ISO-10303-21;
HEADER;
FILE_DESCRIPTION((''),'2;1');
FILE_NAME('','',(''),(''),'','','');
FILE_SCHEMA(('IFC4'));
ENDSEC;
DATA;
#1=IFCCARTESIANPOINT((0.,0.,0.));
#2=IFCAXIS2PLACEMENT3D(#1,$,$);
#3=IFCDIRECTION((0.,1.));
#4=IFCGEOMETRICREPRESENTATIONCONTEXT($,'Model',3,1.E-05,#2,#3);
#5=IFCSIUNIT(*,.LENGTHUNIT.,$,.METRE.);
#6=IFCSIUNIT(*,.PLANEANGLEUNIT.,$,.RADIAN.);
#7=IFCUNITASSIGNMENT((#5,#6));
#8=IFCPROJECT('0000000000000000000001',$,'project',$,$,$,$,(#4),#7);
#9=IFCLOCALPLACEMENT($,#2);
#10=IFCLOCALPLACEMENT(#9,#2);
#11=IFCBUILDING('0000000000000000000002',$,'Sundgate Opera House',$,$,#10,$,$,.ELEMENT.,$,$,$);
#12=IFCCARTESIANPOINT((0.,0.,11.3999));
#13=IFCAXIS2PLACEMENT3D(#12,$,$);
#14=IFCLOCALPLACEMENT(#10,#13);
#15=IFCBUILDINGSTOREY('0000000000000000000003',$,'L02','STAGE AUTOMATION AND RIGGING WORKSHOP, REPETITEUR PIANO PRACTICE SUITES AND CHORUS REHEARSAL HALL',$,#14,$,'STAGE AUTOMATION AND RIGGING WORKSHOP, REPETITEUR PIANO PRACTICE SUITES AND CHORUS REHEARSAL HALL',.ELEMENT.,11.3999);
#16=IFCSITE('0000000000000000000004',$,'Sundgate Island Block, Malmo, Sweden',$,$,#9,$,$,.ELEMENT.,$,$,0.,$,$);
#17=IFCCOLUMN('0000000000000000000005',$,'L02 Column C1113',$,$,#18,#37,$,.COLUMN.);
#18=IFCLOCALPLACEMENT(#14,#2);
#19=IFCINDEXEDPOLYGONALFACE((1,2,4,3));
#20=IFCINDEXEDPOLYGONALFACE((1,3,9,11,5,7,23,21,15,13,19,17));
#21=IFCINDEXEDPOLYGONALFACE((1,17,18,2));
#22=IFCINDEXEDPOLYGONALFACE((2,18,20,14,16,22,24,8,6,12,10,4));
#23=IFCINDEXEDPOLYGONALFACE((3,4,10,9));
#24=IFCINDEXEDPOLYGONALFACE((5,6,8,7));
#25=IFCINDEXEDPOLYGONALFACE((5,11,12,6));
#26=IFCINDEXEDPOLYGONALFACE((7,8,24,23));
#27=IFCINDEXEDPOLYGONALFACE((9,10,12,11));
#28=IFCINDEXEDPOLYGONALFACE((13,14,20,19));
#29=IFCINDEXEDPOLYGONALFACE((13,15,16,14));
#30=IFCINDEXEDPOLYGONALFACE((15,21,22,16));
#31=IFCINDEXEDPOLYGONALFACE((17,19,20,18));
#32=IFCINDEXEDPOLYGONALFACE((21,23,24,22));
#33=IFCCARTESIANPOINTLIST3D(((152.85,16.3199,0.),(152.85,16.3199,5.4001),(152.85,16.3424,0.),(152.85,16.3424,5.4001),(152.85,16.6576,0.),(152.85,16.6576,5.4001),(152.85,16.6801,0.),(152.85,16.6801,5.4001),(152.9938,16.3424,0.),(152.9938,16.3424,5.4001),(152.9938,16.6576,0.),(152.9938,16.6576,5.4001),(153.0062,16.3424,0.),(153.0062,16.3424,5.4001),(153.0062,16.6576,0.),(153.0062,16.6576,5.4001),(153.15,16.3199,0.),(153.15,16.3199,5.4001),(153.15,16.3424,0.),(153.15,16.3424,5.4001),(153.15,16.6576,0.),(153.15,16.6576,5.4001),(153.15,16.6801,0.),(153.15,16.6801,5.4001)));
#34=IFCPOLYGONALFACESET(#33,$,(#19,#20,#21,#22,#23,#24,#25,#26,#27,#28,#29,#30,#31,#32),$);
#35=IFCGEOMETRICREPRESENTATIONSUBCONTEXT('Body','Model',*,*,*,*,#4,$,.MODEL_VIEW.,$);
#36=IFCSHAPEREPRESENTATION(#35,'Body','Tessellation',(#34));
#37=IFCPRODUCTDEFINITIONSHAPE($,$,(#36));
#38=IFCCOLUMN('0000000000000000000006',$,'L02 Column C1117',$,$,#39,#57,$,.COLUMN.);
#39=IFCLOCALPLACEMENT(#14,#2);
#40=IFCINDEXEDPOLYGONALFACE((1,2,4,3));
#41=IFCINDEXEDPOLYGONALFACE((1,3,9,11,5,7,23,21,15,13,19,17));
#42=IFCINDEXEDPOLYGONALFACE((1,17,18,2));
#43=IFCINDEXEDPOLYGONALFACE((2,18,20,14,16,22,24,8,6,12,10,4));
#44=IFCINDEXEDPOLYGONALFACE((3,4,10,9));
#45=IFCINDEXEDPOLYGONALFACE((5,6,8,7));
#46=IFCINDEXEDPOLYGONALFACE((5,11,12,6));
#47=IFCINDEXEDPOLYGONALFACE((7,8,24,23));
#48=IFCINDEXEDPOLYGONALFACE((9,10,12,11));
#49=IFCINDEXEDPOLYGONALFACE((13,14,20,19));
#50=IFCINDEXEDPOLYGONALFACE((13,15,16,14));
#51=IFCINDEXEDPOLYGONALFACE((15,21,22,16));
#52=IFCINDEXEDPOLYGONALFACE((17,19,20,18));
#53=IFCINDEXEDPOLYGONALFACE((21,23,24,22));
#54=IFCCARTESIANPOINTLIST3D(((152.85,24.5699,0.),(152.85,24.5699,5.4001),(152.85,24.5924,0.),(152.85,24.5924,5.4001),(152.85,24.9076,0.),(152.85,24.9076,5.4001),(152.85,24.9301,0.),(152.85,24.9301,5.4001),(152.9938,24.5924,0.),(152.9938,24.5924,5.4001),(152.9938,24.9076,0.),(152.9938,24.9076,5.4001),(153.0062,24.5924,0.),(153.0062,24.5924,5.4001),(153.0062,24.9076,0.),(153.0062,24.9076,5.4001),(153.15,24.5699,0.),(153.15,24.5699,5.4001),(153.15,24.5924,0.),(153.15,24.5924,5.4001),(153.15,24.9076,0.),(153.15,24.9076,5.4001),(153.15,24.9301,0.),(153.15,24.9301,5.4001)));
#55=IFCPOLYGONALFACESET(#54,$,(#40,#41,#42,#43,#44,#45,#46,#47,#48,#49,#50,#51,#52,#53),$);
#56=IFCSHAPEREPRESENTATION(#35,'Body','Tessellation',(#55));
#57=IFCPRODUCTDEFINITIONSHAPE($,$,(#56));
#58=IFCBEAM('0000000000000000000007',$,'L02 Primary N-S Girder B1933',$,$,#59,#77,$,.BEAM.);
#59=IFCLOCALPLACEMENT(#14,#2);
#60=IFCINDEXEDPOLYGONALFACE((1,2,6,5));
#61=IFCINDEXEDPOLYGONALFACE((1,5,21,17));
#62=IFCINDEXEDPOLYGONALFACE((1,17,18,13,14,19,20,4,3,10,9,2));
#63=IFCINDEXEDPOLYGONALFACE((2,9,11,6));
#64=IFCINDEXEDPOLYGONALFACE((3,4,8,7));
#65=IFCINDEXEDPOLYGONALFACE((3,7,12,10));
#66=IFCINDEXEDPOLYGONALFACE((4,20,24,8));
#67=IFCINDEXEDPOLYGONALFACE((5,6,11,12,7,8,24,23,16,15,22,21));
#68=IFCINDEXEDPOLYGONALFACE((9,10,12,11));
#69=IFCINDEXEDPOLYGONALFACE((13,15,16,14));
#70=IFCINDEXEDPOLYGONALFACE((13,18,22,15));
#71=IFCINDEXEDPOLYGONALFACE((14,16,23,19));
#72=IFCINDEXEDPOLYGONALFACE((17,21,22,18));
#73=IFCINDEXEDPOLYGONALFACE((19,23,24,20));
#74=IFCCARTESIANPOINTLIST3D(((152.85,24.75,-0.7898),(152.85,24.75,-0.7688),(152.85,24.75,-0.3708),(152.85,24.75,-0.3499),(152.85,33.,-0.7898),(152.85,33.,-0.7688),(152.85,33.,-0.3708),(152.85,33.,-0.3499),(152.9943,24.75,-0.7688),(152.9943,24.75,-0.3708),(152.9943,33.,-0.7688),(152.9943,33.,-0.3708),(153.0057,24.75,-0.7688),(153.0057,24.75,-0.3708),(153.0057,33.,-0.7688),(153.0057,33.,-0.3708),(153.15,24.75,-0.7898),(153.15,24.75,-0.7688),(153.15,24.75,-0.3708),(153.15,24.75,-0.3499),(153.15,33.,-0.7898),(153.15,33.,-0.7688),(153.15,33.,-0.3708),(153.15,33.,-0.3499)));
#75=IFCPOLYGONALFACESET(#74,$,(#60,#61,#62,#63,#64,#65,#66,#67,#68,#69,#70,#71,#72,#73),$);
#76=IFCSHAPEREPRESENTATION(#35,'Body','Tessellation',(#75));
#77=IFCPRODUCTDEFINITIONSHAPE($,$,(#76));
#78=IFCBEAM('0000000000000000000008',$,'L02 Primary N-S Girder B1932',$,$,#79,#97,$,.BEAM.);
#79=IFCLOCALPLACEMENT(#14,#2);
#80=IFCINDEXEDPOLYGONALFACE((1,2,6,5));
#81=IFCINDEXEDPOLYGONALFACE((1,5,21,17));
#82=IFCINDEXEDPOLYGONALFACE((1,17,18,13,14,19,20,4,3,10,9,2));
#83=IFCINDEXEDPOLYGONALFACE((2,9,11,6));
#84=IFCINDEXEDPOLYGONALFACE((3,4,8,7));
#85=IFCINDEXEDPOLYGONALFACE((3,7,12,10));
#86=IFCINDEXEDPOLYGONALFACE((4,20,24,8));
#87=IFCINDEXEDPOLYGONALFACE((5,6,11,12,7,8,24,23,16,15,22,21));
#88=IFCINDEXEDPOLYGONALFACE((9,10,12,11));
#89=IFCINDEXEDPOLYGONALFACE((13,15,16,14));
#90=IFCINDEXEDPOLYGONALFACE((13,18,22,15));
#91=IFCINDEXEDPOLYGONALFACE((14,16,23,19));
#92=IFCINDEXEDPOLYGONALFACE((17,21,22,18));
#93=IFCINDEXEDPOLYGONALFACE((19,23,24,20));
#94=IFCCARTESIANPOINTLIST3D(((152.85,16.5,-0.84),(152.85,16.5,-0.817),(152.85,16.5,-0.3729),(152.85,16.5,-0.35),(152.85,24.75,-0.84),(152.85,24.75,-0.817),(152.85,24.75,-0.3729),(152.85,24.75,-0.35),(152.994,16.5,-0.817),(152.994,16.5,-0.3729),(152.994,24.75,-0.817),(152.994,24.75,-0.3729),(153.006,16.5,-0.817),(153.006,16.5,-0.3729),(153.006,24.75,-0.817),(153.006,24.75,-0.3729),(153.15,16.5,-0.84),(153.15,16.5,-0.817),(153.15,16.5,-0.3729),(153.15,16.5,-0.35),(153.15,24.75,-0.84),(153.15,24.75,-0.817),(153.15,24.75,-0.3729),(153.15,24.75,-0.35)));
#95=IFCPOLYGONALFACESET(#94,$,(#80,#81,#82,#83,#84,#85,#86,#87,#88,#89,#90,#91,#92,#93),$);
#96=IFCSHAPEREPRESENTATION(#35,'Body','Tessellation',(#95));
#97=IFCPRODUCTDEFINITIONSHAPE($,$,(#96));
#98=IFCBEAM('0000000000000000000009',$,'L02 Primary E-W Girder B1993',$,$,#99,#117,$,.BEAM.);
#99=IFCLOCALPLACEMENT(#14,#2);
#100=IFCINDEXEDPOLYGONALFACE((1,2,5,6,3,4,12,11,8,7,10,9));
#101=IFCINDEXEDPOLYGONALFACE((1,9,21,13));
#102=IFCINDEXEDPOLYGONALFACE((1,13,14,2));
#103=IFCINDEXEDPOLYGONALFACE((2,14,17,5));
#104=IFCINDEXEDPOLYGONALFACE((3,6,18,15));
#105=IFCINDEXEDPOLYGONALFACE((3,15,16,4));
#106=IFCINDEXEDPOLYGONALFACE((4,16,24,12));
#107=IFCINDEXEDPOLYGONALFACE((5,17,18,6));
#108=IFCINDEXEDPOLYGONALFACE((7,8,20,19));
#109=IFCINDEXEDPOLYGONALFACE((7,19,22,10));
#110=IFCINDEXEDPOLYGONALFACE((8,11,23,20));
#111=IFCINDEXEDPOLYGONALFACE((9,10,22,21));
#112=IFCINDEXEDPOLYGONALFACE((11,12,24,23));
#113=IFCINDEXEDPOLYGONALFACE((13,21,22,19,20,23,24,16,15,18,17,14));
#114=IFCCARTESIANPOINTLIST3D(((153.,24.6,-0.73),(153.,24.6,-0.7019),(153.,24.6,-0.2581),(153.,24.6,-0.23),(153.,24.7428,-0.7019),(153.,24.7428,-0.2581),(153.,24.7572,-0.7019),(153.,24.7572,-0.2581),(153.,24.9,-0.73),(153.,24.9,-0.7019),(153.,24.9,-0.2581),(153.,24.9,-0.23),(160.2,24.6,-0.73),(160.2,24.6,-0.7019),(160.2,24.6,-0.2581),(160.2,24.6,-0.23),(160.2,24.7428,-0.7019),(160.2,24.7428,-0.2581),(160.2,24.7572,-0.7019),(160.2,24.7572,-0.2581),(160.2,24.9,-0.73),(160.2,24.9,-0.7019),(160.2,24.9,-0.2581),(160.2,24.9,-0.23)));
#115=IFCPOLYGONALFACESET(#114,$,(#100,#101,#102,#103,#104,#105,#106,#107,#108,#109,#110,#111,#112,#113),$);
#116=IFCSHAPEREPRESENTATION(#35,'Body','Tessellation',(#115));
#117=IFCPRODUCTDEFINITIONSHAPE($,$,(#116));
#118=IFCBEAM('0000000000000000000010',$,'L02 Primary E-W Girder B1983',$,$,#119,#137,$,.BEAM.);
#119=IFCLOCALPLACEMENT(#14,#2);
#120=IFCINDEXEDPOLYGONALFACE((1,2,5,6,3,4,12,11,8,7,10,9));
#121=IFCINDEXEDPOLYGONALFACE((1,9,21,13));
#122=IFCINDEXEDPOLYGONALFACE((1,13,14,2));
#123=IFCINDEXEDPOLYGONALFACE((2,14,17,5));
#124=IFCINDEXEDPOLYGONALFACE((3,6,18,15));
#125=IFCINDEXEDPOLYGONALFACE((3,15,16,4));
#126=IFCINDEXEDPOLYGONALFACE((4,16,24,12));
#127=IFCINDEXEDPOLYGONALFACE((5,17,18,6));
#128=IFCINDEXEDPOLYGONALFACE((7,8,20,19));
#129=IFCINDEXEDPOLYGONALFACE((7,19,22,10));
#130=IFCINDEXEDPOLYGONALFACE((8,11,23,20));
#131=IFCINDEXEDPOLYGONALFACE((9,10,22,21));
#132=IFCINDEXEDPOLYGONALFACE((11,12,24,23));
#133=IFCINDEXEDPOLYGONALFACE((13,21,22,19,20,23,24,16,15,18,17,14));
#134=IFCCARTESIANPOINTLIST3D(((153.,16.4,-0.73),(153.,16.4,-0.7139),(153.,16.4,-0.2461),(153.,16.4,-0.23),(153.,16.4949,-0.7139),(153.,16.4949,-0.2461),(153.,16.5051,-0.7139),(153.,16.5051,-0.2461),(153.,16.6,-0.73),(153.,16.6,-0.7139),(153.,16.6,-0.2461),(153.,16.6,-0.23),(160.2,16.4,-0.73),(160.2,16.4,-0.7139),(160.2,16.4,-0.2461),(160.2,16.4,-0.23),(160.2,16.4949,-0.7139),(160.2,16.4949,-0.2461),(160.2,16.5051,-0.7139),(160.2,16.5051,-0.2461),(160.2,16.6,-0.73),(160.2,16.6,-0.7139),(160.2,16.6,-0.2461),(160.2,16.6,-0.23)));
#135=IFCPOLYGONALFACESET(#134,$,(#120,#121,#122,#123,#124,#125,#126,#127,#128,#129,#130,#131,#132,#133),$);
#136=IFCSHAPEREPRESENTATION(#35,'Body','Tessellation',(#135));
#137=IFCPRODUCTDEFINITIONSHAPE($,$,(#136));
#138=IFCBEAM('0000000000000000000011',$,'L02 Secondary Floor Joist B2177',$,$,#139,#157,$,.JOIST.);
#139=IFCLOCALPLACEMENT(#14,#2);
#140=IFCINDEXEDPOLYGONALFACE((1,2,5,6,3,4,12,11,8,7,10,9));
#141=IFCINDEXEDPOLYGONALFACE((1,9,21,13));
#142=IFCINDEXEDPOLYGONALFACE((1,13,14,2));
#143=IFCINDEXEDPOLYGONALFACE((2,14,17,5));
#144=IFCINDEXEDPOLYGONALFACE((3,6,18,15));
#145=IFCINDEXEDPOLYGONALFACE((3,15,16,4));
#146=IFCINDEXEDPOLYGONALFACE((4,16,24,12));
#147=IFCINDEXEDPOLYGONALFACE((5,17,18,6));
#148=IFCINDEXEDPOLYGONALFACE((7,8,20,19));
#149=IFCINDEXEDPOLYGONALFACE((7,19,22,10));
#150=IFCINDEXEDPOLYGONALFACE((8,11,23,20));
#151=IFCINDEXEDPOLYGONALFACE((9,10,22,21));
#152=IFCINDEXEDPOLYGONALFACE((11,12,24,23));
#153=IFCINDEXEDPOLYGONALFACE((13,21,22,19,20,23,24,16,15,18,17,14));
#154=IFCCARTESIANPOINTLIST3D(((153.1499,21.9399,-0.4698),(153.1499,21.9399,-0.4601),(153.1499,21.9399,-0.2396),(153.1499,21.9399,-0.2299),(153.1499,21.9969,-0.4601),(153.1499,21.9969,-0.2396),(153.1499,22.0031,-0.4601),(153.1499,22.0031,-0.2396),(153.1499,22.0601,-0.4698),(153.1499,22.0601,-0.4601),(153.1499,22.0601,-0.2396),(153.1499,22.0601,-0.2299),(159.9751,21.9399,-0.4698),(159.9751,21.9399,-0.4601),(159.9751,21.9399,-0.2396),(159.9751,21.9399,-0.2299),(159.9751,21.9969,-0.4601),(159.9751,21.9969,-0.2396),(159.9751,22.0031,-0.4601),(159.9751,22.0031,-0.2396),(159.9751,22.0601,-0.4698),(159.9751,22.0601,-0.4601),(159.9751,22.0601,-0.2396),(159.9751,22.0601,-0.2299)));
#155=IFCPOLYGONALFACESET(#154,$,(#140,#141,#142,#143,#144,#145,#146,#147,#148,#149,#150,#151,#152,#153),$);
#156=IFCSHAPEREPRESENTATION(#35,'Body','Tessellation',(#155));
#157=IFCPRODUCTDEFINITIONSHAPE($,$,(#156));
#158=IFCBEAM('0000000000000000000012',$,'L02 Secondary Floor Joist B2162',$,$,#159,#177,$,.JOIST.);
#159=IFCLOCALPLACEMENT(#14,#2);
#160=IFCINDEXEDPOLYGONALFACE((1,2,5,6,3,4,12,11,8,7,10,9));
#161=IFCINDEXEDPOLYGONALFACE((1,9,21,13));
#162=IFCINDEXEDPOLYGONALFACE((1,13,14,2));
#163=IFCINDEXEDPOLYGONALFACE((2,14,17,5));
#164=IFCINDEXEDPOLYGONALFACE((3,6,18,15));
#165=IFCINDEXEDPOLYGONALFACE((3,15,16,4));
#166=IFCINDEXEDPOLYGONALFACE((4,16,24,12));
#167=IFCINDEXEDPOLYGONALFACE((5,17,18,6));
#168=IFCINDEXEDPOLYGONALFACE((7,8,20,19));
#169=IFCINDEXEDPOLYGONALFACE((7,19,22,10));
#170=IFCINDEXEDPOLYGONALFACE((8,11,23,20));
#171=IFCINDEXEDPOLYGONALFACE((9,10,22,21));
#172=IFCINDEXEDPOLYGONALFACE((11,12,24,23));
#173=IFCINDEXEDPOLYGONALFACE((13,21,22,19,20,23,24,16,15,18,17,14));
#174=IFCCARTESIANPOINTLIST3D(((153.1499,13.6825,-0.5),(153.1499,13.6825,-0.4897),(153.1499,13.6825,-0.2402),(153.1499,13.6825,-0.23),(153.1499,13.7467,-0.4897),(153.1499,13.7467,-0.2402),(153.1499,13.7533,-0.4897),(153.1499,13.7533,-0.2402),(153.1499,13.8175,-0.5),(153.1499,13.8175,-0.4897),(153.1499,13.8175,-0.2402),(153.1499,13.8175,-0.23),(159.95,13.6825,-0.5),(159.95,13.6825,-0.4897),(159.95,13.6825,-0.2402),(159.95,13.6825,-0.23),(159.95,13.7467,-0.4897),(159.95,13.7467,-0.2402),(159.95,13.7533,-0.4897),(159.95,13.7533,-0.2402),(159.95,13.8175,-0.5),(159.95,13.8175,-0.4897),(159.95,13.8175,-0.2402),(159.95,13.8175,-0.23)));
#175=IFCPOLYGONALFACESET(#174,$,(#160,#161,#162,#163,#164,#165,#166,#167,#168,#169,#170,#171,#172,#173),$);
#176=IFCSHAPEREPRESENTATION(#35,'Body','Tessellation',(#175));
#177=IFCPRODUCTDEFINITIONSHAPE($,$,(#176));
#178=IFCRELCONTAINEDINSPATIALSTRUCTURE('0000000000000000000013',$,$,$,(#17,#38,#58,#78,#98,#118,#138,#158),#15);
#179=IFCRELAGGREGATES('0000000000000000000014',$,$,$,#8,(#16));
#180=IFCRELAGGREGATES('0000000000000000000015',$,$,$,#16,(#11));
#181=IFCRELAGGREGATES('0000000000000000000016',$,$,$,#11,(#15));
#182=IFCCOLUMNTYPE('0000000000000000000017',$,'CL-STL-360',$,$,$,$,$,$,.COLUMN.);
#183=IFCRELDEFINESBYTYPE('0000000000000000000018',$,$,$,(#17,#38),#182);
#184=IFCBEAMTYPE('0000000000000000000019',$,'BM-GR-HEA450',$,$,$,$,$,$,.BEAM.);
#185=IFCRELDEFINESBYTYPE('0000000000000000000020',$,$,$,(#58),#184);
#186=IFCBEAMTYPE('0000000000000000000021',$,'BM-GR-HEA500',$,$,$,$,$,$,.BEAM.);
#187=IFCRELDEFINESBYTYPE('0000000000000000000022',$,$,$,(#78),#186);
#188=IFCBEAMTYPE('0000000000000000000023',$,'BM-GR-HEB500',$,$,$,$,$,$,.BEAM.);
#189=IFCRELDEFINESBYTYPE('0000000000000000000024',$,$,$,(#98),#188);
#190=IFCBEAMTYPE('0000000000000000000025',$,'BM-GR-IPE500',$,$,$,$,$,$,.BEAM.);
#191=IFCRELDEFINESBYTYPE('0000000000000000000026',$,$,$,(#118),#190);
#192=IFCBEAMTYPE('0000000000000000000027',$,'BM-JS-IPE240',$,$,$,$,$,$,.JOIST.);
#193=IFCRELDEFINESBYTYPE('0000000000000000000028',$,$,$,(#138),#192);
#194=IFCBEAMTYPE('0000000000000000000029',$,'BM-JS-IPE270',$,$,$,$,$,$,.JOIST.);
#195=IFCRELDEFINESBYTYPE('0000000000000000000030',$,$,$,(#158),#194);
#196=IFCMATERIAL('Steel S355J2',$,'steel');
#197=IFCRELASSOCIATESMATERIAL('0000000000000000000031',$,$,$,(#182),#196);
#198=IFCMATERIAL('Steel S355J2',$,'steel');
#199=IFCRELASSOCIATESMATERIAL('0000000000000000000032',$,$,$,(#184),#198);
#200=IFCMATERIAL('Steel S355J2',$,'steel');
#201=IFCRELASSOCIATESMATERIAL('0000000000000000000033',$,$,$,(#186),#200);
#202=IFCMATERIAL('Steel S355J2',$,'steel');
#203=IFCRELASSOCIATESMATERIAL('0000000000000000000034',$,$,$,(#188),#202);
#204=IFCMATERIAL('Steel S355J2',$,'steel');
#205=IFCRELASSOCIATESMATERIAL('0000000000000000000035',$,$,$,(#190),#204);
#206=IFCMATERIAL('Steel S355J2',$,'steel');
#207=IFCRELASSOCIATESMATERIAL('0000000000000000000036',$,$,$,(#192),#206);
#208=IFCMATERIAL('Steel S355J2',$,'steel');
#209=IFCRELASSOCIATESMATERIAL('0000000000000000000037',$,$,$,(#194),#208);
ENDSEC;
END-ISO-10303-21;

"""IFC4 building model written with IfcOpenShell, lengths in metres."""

from ifc_helpers import new_model, si_unit, direction, frame, origin, origin_2d, place, context, subcontext, project, spatial, i_section, extrude, material, material_profile, profile_set, type_object, element, save


model = new_model("IFC4")

# Units and contexts
model_context = context("Model", 3, precision=1e-05, world=origin(), true_north=direction((0.0, 1.0)))
body_context = subcontext(model_context, "Body", "Model", "MODEL_VIEW")
ifc_project = project(units=[si_unit("LENGTHUNIT", "METRE"), si_unit("PLANEANGLEUNIT", "RADIAN")], contexts=[model_context])

# Site, building, storey
site_placement = place(None, origin())
site = spatial("IfcSite", under=ifc_project, at=site_placement, Name="Sundgate Island Block, Malmo, Sweden", CompositionType="ELEMENT", RefElevation=0.0)
building_placement = place(site_placement, origin())
building = spatial("IfcBuilding", under=site, at=building_placement, Name="Sundgate Opera House", CompositionType="ELEMENT")
storey_placement = place(building_placement, frame((0.0, 0.0, 11.3999)))
storey = spatial("IfcBuildingStorey", under=building, at=storey_placement, Name="L02", Description="STAGE AUTOMATION AND RIGGING WORKSHOP, REPETITEUR PIANO PRACTICE SUITES AND CHORUS REHEARSAL HALL", LongName="STAGE AUTOMATION AND RIGGING WORKSHOP, REPETITEUR PIANO PRACTICE SUITES AND CHORUS REHEARSAL HALL", CompositionType="ELEMENT", Elevation=11.3999)

# Columns
ifc_material_1 = material(Name="Steel S355J2", Category="steel")
ifc_material_profile_1 = material_profile(ifc_material_1, i_section(OverallWidth=0.3, OverallDepth=0.3601, WebThickness=0.0125, FlangeThickness=0.0225, at=origin_2d()), Name="HEB 360")
ifc_profile_set_1 = profile_set([ifc_material_profile_1], Name="Steel S355J2")
column_type = type_object("IfcColumnType", Name="CL-STL-360", PredefinedType="COLUMN", material=ifc_profile_set_1)
for number, where, z_axis, x_axis, name in (
    (1, (153.0, 16.5, 0.0), (0.0, 0.0, 1.0), (1.0, 0.0, 0.0), "L02 Column C1113"),
    (2, (153.0, 24.75, 0.0), (0.0, 0.0, 1.0), (1.0, 0.0, 0.0), "L02 Column C1117"),
):
    element("IfcColumn", number, at=place(storey_placement, frame(where, z_axis=z_axis, x_axis=x_axis)), inside=storey, type_object=column_type, Name=name, PredefinedType="COLUMN", context=body_context, shape_type="SweptSolid", body=[
        extrude(i_section(OverallWidth=0.3, OverallDepth=0.3601, WebThickness=0.0125, FlangeThickness=0.0225, at=origin_2d()), origin(), (0.0, 0.0, 1.0), 5.4001),
    ])

# Beams
ifc_material_2 = material(Name="Steel S355J2", Category="steel")
ifc_material_profile_2 = material_profile(ifc_material_2, i_section(OverallWidth=0.3, OverallDepth=0.4399, WebThickness=0.0115, FlangeThickness=0.021, at=origin_2d()), Name="HEA 450")
ifc_profile_set_2 = profile_set([ifc_material_profile_2], Name="Steel S355J2")
beam_type_1 = type_object("IfcBeamType", Name="BM-GR-HEA450", PredefinedType="BEAM", material=ifc_profile_set_2)
beam_1_placement = place(storey_placement, frame((153.0, 24.75, -0.5698), z_axis=(0.0, 1.0, 0.0), x_axis=(-1.0, 0.0, 0.0)))
element("IfcBeam", 3, at=beam_1_placement, inside=storey, type_object=beam_type_1, Name="L02 Primary N-S Girder B1933", PredefinedType="BEAM", context=body_context, shape_type="SweptSolid", body=[
    extrude(i_section(OverallWidth=0.3, OverallDepth=0.4399, WebThickness=0.0115, FlangeThickness=0.021, at=origin_2d()), origin(), (0.0, 0.0, 1.0), 8.25),
])
ifc_material_3 = material(Name="Steel S355J2", Category="steel")
ifc_material_profile_3 = material_profile(ifc_material_3, i_section(OverallWidth=0.3, OverallDepth=0.49, WebThickness=0.012, FlangeThickness=0.0229, at=origin_2d()), Name="HEA 500")
ifc_profile_set_3 = profile_set([ifc_material_profile_3], Name="Steel S355J2")
beam_type_2 = type_object("IfcBeamType", Name="BM-GR-HEA500", PredefinedType="BEAM", material=ifc_profile_set_3)
beam_2_placement = place(storey_placement, frame((153.0, 16.5, -0.595), z_axis=(0.0, 1.0, 0.0), x_axis=(-1.0, 0.0, 0.0)))
element("IfcBeam", 4, at=beam_2_placement, inside=storey, type_object=beam_type_2, Name="L02 Primary N-S Girder B1932", PredefinedType="BEAM", context=body_context, shape_type="SweptSolid", body=[
    extrude(i_section(OverallWidth=0.3, OverallDepth=0.49, WebThickness=0.012, FlangeThickness=0.0229, at=origin_2d()), origin(), (0.0, 0.0, 1.0), 8.25),
])
ifc_material_4 = material(Name="Steel S355J2", Category="steel")
ifc_material_profile_4 = material_profile(ifc_material_4, i_section(OverallWidth=0.3, OverallDepth=0.5, WebThickness=0.0144, FlangeThickness=0.0281, at=origin_2d()), Name="HEB 500")
ifc_profile_set_4 = profile_set([ifc_material_profile_4], Name="Steel S355J2")
beam_type_3 = type_object("IfcBeamType", Name="BM-GR-HEB500", PredefinedType="BEAM", material=ifc_profile_set_4)
beam_3_placement = place(storey_placement, frame((153.0, 24.75, -0.48), z_axis=(1.0, 0.0, 0.0), x_axis=(0.0, 1.0, 0.0)))
element("IfcBeam", 5, at=beam_3_placement, inside=storey, type_object=beam_type_3, Name="L02 Primary E-W Girder B1993", PredefinedType="BEAM", context=body_context, shape_type="SweptSolid", body=[
    extrude(i_section(OverallWidth=0.3, OverallDepth=0.5, WebThickness=0.0144, FlangeThickness=0.0281, at=origin_2d()), origin(), (0.0, 0.0, 1.0), 7.2),
])
ifc_material_5 = material(Name="Steel S355J2", Category="steel")
ifc_material_profile_5 = material_profile(ifc_material_5, i_section(OverallWidth=0.2, OverallDepth=0.5, WebThickness=0.0103, FlangeThickness=0.0161, at=origin_2d()), Name="IPE 500")
ifc_profile_set_5 = profile_set([ifc_material_profile_5], Name="Steel S355J2")
beam_type_4 = type_object("IfcBeamType", Name="BM-GR-IPE500", PredefinedType="BEAM", material=ifc_profile_set_5)
beam_4_placement = place(storey_placement, frame((153.0, 16.5, -0.48), z_axis=(1.0, 0.0, 0.0), x_axis=(0.0, 1.0, 0.0)))
element("IfcBeam", 6, at=beam_4_placement, inside=storey, type_object=beam_type_4, Name="L02 Primary E-W Girder B1983", PredefinedType="BEAM", context=body_context, shape_type="SweptSolid", body=[
    extrude(i_section(OverallWidth=0.2, OverallDepth=0.5, WebThickness=0.0103, FlangeThickness=0.0161, at=origin_2d()), origin(), (0.0, 0.0, 1.0), 7.2),
])
ifc_material_6 = material(Name="Steel S355J2", Category="steel")
ifc_material_profile_6 = material_profile(ifc_material_6, i_section(OverallWidth=0.1201, OverallDepth=0.24, WebThickness=0.0061, FlangeThickness=0.0098, at=origin_2d()), Name="IPE 240")
ifc_profile_set_6 = profile_set([ifc_material_profile_6], Name="Steel S355J2")
beam_type_5 = type_object("IfcBeamType", Name="BM-JS-IPE240", PredefinedType="JOIST", material=ifc_profile_set_6)
beam_5_placement = place(storey_placement, frame((153.1499, 22.0, -0.3499), z_axis=(1.0, 0.0, 0.0), x_axis=(0.0, 1.0, 0.0)))
element("IfcBeam", 7, at=beam_5_placement, inside=storey, type_object=beam_type_5, Name="L02 Secondary Floor Joist B2177", PredefinedType="JOIST", context=body_context, shape_type="SweptSolid", body=[
    extrude(i_section(OverallWidth=0.1201, OverallDepth=0.24, WebThickness=0.0061, FlangeThickness=0.0098, at=origin_2d()), origin(), (0.0, 0.0, 1.0), 6.8252),
])
ifc_material_7 = material(Name="Steel S355J2", Category="steel")
ifc_material_profile_7 = material_profile(ifc_material_7, i_section(OverallWidth=0.135, OverallDepth=0.27, WebThickness=0.0066, FlangeThickness=0.0103, at=origin_2d()), Name="IPE 270")
ifc_profile_set_7 = profile_set([ifc_material_profile_7], Name="Steel S355J2")
beam_type_6 = type_object("IfcBeamType", Name="BM-JS-IPE270", PredefinedType="JOIST", material=ifc_profile_set_7)
beam_6_placement = place(storey_placement, frame((153.1499, 13.75, -0.365), z_axis=(1.0, 0.0, 0.0), x_axis=(0.0, 1.0, 0.0)))
element("IfcBeam", 8, at=beam_6_placement, inside=storey, type_object=beam_type_6, Name="L02 Secondary Floor Joist B2162", PredefinedType="JOIST", context=body_context, shape_type="SweptSolid", body=[
    extrude(i_section(OverallWidth=0.135, OverallDepth=0.27, WebThickness=0.0066, FlangeThickness=0.0103, at=origin_2d()), origin(), (0.0, 0.0, 1.0), 6.8),
])

save(model, "model.ifc")
